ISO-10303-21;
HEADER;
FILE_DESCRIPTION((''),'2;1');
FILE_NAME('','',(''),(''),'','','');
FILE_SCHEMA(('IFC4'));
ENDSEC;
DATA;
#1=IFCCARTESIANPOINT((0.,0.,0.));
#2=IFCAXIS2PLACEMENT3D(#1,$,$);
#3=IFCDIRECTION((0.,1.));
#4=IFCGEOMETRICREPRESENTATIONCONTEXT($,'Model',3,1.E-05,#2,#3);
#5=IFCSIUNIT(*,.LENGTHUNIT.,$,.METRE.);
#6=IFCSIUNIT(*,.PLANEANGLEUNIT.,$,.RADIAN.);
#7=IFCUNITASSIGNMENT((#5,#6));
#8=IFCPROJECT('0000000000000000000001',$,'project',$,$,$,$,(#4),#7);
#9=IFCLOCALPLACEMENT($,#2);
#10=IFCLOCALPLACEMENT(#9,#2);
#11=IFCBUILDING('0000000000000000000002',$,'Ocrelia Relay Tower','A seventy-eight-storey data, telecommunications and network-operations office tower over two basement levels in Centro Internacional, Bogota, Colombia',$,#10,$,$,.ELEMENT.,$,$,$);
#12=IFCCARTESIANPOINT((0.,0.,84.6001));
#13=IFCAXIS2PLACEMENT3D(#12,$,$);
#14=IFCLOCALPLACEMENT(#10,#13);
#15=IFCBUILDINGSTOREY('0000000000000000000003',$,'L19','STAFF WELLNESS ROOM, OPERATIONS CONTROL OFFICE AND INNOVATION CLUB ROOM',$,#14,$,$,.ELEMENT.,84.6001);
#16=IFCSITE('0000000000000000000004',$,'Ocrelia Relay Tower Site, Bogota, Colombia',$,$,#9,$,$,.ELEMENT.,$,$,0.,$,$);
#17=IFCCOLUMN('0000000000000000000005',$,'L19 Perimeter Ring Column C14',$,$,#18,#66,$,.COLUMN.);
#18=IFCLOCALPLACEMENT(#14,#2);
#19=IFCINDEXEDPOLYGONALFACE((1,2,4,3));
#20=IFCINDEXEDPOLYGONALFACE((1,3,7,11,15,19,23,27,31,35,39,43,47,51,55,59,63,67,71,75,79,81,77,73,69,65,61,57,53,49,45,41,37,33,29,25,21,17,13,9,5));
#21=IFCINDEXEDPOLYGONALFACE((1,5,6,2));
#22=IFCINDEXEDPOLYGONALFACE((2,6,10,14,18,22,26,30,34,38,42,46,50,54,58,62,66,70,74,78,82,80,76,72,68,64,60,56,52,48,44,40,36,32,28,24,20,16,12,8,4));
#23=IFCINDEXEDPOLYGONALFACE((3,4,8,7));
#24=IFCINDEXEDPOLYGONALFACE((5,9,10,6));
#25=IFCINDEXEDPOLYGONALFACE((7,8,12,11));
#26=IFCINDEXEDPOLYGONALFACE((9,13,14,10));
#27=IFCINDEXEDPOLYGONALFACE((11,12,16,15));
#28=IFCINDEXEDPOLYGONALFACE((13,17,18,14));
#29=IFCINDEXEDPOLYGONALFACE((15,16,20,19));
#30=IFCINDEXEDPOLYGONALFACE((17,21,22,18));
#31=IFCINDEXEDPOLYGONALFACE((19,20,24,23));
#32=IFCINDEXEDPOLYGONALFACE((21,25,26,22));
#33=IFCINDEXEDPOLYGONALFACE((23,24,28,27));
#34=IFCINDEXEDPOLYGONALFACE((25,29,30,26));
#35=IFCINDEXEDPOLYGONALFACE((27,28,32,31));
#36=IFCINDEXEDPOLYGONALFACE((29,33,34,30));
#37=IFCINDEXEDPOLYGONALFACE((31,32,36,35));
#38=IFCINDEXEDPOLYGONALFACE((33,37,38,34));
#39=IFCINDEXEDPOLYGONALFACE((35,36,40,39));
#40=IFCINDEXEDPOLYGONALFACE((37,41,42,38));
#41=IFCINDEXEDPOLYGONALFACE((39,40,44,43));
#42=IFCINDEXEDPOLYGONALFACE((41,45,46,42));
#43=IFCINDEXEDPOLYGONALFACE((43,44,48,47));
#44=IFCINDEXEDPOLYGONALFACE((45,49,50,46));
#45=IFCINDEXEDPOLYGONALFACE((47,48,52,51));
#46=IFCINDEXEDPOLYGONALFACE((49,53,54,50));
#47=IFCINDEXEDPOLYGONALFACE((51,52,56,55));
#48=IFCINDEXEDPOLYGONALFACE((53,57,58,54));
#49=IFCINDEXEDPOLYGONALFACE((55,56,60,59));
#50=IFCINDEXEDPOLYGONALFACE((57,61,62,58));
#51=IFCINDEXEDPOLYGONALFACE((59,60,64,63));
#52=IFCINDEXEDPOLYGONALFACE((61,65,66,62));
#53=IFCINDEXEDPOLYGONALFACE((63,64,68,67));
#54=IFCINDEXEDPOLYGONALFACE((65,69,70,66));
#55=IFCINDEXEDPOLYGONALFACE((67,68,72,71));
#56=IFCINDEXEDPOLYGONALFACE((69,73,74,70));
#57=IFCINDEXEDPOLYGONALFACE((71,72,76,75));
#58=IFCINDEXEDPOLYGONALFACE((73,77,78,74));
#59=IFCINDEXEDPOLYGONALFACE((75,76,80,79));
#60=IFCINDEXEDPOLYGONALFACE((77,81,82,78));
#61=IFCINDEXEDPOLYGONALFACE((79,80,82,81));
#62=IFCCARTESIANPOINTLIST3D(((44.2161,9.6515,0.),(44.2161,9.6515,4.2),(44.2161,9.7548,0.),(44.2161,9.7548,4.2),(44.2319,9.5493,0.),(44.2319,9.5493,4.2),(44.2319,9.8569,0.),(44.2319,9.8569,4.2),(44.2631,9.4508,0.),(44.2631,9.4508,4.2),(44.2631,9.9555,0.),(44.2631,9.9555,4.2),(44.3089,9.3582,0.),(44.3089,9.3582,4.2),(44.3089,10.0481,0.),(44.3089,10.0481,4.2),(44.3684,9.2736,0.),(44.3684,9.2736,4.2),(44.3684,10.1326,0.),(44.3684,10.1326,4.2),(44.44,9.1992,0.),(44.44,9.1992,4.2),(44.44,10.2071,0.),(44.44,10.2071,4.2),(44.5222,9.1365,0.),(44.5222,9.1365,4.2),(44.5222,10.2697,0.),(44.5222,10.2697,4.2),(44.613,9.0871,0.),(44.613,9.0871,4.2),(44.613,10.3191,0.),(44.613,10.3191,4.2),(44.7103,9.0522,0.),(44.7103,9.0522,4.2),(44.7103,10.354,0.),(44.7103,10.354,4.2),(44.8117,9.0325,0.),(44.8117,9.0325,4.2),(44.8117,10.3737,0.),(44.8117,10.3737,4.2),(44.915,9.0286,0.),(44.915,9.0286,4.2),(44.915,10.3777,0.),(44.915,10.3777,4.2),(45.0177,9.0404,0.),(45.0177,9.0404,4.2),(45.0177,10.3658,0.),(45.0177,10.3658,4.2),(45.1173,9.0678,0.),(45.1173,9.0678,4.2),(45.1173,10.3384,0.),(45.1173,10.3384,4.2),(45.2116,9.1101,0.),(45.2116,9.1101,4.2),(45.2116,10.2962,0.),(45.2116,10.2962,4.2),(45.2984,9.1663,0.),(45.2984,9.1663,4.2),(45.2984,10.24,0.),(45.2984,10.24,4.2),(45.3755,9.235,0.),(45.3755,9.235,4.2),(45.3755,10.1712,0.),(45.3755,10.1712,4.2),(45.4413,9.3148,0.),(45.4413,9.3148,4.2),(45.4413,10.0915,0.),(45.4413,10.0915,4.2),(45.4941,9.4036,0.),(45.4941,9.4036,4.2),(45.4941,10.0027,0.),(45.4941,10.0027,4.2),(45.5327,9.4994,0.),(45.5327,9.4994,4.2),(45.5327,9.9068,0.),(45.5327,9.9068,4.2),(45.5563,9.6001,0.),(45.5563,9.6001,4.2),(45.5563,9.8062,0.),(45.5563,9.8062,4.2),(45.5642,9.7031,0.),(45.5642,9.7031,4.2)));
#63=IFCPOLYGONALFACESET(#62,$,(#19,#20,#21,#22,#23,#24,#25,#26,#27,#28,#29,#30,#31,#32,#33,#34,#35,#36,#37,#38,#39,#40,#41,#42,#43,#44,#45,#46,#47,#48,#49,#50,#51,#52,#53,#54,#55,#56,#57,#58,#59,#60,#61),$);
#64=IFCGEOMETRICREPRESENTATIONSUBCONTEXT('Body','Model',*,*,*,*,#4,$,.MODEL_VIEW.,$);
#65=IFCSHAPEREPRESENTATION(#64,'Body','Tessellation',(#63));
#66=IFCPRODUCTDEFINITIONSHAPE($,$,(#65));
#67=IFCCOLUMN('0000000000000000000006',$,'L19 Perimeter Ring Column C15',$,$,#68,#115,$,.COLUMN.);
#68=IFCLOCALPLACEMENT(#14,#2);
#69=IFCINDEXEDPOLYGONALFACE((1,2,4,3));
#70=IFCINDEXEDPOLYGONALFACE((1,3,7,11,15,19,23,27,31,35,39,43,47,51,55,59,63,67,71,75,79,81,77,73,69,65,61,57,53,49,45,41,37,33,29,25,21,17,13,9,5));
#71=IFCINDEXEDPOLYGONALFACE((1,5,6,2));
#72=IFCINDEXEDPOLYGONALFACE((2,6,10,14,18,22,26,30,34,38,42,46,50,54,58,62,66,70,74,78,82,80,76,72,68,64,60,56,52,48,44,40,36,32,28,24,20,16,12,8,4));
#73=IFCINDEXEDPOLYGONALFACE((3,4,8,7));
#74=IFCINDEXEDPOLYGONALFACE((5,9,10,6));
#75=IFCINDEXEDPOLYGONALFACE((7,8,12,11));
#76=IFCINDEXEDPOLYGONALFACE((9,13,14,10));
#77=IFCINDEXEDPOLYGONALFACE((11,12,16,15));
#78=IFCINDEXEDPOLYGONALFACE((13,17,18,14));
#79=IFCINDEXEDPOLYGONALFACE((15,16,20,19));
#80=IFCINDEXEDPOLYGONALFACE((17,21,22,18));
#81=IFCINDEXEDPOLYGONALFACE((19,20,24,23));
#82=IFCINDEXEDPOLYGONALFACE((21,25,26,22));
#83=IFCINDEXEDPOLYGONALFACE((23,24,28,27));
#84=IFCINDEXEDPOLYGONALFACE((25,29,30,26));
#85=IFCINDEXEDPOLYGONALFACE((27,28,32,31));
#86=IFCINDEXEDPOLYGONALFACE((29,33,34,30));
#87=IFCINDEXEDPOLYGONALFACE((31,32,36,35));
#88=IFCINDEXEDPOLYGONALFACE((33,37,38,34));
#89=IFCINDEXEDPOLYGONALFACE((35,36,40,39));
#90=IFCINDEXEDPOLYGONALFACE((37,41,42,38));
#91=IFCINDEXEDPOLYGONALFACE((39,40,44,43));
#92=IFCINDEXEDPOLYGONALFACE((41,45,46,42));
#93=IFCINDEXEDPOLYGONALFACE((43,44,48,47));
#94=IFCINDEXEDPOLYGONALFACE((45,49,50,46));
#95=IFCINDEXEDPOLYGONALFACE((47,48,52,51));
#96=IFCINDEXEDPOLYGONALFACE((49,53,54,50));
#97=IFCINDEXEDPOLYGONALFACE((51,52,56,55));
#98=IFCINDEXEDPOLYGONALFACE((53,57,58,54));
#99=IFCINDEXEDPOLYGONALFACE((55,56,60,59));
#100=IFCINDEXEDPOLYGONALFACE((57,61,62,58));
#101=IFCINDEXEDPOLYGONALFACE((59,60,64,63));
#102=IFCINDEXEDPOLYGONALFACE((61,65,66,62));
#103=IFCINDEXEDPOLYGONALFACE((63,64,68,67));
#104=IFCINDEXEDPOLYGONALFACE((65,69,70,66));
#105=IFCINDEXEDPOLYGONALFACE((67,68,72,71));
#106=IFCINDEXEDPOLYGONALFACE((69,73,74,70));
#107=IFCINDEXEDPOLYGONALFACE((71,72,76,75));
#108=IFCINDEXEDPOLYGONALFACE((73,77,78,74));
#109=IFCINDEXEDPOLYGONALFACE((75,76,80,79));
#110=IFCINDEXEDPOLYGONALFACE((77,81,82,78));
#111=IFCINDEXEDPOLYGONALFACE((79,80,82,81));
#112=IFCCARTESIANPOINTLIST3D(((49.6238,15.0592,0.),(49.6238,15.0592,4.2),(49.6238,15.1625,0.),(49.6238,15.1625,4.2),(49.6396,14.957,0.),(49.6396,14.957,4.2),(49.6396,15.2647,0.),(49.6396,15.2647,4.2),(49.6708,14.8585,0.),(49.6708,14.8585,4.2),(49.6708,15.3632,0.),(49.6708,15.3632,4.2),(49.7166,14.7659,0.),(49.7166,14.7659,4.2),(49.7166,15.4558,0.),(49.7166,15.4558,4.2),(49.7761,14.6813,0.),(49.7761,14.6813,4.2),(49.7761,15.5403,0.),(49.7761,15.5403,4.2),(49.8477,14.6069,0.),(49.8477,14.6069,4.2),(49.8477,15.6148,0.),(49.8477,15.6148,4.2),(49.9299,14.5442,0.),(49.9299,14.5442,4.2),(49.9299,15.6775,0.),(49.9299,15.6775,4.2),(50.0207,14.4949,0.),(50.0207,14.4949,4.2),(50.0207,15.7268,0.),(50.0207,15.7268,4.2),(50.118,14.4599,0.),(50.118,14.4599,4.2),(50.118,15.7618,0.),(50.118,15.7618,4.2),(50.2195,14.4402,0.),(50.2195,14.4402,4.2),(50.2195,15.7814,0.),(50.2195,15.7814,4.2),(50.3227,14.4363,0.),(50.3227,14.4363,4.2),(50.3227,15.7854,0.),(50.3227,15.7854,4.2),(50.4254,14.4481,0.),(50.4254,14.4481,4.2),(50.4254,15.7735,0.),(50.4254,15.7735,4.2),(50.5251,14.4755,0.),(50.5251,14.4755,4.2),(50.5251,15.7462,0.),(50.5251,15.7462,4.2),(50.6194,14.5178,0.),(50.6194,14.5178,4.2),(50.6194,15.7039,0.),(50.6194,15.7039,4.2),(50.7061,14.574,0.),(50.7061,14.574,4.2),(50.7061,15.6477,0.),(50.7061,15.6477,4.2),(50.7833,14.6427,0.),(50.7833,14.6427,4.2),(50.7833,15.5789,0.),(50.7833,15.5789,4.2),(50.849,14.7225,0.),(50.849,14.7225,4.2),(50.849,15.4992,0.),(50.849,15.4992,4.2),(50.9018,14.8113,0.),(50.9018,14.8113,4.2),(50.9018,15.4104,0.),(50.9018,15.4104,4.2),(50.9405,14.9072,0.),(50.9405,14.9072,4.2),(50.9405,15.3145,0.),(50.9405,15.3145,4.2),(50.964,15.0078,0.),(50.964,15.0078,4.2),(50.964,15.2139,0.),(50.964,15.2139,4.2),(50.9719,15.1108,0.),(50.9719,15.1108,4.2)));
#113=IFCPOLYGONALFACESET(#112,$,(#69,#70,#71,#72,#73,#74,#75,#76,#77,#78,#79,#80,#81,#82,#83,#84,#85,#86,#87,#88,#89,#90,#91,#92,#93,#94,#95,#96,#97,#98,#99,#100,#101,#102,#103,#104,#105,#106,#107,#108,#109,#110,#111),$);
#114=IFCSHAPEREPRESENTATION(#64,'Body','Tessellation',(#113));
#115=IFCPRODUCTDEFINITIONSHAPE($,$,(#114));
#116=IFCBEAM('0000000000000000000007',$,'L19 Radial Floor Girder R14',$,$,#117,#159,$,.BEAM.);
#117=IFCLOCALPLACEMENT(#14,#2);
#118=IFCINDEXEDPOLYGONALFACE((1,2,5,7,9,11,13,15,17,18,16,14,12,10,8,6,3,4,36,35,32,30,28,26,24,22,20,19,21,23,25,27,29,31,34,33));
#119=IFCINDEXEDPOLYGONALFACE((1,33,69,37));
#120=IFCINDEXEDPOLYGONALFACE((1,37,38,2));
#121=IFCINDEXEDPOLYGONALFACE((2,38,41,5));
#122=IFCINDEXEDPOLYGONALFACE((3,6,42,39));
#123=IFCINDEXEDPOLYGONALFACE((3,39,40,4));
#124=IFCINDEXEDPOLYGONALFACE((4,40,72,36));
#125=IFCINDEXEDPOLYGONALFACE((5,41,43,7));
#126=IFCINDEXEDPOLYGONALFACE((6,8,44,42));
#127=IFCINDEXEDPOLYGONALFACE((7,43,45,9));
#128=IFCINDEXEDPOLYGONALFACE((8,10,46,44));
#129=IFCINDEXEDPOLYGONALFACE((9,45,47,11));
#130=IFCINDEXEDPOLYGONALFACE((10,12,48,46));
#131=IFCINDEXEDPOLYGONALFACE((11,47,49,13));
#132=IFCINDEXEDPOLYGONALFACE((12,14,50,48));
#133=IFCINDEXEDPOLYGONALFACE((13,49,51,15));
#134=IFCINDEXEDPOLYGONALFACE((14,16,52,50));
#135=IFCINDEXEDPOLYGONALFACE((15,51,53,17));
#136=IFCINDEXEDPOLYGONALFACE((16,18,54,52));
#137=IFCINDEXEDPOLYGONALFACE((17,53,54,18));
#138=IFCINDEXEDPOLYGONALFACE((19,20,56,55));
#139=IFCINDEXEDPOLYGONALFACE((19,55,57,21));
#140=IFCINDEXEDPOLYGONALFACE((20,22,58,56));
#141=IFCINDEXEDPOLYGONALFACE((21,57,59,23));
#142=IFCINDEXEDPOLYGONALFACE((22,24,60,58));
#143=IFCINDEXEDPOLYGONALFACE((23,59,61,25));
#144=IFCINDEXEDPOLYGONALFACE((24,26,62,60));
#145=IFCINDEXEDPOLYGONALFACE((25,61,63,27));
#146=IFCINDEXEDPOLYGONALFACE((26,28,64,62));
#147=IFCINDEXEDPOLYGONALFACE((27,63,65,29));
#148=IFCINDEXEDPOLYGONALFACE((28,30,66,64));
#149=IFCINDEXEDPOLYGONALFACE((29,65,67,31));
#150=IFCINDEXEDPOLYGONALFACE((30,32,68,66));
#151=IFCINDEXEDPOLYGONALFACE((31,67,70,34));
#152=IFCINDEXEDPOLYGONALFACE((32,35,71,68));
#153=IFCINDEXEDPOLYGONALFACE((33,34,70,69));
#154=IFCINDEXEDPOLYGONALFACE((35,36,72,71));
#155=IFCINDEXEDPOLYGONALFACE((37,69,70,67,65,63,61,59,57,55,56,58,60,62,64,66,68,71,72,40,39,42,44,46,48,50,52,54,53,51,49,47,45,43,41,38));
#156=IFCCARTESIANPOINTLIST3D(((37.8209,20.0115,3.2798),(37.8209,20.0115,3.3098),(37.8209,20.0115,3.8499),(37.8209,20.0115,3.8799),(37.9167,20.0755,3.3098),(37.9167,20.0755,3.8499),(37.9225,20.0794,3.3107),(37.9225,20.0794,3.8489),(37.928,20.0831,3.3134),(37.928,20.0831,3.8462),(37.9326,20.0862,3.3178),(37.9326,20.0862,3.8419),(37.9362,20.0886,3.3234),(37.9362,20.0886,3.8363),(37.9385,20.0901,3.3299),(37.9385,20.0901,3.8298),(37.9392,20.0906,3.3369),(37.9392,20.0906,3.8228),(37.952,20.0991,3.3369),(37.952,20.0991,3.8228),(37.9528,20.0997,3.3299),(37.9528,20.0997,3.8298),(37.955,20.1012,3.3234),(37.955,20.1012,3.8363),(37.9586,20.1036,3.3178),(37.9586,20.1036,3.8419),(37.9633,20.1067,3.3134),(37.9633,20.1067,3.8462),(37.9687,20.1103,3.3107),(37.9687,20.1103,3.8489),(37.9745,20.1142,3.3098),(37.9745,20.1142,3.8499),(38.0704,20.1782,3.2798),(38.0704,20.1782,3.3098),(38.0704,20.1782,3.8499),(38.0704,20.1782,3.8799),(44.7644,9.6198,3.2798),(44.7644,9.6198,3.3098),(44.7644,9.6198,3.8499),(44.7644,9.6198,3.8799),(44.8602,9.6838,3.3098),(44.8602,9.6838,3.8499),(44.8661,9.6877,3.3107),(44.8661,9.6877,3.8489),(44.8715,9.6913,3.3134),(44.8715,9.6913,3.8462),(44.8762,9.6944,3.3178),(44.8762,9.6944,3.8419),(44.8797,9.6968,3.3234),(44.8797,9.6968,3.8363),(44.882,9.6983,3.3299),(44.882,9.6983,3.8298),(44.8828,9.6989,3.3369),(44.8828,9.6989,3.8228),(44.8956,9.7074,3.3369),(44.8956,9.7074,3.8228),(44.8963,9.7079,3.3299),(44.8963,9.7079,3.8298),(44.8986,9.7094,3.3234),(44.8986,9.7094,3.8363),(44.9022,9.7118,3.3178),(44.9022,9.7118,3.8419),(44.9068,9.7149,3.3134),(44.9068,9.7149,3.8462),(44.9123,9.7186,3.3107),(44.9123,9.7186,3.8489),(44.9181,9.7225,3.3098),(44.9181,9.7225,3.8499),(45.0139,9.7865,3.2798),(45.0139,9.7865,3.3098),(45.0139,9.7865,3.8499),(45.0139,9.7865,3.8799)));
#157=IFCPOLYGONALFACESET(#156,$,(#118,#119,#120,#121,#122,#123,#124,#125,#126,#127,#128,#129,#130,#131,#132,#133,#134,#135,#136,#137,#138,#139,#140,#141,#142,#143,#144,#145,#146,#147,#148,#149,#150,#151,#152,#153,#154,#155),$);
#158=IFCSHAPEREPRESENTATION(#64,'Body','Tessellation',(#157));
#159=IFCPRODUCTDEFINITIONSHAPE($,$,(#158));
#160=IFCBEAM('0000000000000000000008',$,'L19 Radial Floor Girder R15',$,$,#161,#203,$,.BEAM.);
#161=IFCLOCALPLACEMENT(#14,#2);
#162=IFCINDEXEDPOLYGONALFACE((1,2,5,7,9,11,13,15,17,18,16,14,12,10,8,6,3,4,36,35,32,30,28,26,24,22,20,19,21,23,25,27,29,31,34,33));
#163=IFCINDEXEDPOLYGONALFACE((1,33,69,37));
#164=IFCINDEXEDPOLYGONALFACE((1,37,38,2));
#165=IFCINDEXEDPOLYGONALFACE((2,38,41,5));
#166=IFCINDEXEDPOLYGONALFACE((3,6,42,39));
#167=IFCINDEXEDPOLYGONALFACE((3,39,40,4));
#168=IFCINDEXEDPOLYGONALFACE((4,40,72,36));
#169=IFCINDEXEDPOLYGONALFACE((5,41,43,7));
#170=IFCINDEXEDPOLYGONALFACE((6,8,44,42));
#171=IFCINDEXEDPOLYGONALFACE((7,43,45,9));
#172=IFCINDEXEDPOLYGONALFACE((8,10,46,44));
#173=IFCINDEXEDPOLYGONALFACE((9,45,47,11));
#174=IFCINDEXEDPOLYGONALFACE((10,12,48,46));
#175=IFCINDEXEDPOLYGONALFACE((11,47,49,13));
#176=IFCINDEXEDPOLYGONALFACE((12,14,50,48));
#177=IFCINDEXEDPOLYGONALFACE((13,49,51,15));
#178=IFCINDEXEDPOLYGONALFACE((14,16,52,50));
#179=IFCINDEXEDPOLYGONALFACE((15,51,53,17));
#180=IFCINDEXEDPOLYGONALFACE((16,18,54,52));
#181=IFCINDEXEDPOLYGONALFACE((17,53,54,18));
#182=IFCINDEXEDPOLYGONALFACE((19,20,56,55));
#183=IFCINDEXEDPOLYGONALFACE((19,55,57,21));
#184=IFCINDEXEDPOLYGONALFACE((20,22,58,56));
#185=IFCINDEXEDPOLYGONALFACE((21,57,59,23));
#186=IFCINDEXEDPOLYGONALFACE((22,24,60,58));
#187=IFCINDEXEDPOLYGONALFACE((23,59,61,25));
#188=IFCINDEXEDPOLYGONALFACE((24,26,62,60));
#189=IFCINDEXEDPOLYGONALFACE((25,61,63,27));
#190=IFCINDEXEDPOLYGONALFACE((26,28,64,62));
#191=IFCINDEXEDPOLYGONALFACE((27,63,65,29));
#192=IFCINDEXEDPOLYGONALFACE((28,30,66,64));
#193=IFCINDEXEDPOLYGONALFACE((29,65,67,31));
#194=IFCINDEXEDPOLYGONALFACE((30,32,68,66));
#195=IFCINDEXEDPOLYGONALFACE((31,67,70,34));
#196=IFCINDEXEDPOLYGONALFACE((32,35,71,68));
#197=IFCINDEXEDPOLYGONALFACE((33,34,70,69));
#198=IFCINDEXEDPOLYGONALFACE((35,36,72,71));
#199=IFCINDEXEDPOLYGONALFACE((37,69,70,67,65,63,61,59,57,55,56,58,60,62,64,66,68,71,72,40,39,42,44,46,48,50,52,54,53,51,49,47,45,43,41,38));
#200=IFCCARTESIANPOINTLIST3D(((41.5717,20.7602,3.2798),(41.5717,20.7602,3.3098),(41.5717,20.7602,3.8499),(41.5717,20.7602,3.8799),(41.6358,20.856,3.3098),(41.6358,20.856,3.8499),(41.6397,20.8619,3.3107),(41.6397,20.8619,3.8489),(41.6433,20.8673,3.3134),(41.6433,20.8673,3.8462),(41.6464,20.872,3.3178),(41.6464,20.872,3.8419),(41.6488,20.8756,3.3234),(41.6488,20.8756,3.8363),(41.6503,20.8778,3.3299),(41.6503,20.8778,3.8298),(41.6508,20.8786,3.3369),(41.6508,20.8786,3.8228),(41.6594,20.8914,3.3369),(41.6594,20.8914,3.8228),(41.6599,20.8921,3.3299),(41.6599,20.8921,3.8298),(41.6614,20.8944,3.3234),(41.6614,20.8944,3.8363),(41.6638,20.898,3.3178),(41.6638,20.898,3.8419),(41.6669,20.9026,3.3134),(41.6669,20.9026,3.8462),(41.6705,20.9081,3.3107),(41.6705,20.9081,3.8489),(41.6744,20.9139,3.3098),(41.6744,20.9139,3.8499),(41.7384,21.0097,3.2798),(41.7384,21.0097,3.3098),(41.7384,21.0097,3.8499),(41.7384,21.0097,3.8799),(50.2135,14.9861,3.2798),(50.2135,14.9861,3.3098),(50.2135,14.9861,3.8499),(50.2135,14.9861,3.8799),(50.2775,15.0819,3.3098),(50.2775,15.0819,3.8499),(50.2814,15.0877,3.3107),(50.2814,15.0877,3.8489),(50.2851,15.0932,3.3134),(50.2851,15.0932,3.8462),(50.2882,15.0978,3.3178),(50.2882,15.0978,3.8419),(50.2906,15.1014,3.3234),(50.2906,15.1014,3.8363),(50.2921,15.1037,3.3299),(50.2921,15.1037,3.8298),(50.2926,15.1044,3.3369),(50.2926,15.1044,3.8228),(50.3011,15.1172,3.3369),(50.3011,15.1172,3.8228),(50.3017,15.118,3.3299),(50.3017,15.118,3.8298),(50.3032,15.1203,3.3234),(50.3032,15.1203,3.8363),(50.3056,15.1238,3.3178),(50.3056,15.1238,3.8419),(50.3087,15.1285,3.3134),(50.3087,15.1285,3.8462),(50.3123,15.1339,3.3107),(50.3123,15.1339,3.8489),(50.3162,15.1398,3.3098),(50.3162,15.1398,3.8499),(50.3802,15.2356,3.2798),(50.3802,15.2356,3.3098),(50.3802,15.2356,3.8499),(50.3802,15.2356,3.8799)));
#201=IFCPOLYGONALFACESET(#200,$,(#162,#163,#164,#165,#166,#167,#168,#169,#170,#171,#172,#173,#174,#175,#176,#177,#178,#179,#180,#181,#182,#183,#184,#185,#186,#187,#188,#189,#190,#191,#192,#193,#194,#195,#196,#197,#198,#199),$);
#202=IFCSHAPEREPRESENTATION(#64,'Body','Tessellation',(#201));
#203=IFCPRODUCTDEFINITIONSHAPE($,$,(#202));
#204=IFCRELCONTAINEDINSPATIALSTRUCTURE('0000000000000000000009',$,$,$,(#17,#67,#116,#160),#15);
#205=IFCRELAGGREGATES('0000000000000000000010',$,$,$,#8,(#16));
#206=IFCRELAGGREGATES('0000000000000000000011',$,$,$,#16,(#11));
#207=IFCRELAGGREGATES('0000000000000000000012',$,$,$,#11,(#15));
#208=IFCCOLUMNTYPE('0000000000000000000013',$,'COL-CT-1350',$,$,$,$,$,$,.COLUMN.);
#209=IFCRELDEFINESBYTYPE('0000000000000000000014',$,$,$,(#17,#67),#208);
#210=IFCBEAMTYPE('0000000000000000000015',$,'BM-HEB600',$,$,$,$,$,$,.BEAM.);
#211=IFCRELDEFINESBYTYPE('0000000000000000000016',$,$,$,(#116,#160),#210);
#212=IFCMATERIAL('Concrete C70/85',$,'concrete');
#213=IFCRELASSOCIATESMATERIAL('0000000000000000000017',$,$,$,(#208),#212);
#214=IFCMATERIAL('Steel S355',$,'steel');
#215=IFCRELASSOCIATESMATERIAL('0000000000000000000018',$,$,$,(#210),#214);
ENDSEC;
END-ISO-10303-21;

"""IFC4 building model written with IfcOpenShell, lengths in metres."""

from ifc_helpers import new_model, si_unit, direction, frame, origin, origin_2d, place, context, subcontext, project, spatial, circle, i_section, extrude, material, material_profile, profile_set, type_object, element, save


model = new_model("IFC4")

# Units and contexts
model_context = context("Model", 3, precision=1e-05, world=origin(), true_north=direction((0.0, 1.0)))
body_context = subcontext(model_context, "Body", "Model", "MODEL_VIEW")
ifc_project = project(units=[si_unit("LENGTHUNIT", "METRE"), si_unit("PLANEANGLEUNIT", "RADIAN")], contexts=[model_context])

# Site, building, storey
site_placement = place(None, origin())
site = spatial("IfcSite", under=ifc_project, at=site_placement, Name="Ocrelia Relay Tower Site, Bogota, Colombia", CompositionType="ELEMENT", RefElevation=0.0)
building_placement = place(site_placement, origin())
building = spatial("IfcBuilding", under=site, at=building_placement, Name="Ocrelia Relay Tower", Description="A seventy-eight-storey data, telecommunications and network-operations office tower over two basement levels in Centro Internacional, Bogota, Colombia", CompositionType="ELEMENT")
storey_placement = place(building_placement, frame((0.0, 0.0, 84.6001)))
storey = spatial("IfcBuildingStorey", under=building, at=storey_placement, Name="L19", Description="STAFF WELLNESS ROOM, OPERATIONS CONTROL OFFICE AND INNOVATION CLUB ROOM", CompositionType="ELEMENT", Elevation=84.6001)

# Columns
ifc_material_1 = material(Name="Concrete C70/85", Category="concrete")
ifc_material_profile_1 = material_profile(ifc_material_1, circle(Radius=0.675, at=origin_2d()), Name="RC-CIR-1350")
ifc_profile_set_1 = profile_set([ifc_material_profile_1], Name="Concrete C70/85")
column_type = type_object("IfcColumnType", Name="COL-CT-1350", PredefinedType="COLUMN", material=ifc_profile_set_1)
for number, where, z_axis, x_axis, name in (
    (1, (44.8892, 9.7031, 0.0), (0.0, 0.0, 1.0), (1.0, 0.0, 0.0), "L19 Perimeter Ring Column C14"),
    (2, (50.2969, 15.1108, 0.0), (0.0, 0.0, 1.0), (1.0, 0.0, 0.0), "L19 Perimeter Ring Column C15"),
):
    element("IfcColumn", number, at=place(storey_placement, frame(where, z_axis=z_axis, x_axis=x_axis)), inside=storey, type_object=column_type, Name=name, PredefinedType="COLUMN", context=body_context, shape_type="SweptSolid", body=[
        extrude(circle(Radius=0.675, at=origin_2d()), origin(), (0.0, 0.0, 1.0), 4.2),
    ])

# Beams
ifc_material_2 = material(Name="Steel S355", Category="steel")
ifc_material_profile_2 = material_profile(ifc_material_2, i_section(OverallWidth=0.3, OverallDepth=0.6001, WebThickness=0.0154, FlangeThickness=0.03, FilletRadius=0.0271, at=origin_2d()), Name="HEB 600")
ifc_profile_set_2 = profile_set([ifc_material_profile_2], Name="Steel S355")
beam_type_1 = type_object("IfcBeamType", Name="BM-HEB600", PredefinedType="BEAM", material=ifc_profile_set_2)
beam_1_placement = place(storey_placement, frame((44.8892, 9.7031, 3.5798), z_axis=(-0.55557, 0.83147, 0.0), x_axis=(-0.83147, -0.55557, 0.0)))
element("IfcBeam", 3, at=beam_1_placement, inside=storey, type_object=beam_type_1, Name="L19 Radial Floor Girder R14", PredefinedType="BEAM", context=body_context, shape_type="SweptSolid", body=[
    extrude(i_section(OverallWidth=0.3, OverallDepth=0.6001, WebThickness=0.0154, FlangeThickness=0.03, FilletRadius=0.0271, at=origin_2d()), origin(), (0.0, 0.0, 1.0), 12.498),
])
beam_2_placement = place(storey_placement, frame((50.2969, 15.1108, 3.5798), z_axis=(-0.831475, 0.555562, 0.0), x_axis=(-0.555562, -0.831475, 0.0)))
element("IfcBeam", 4, at=beam_2_placement, inside=storey, type_object=beam_type_1, Name="L19 Radial Floor Girder R15", PredefinedType="BEAM", context=body_context, shape_type="SweptSolid", body=[
    extrude(i_section(OverallWidth=0.3, OverallDepth=0.6001, WebThickness=0.0154, FlangeThickness=0.03, FilletRadius=0.0271, at=origin_2d()), origin(), (0.0, 0.0, 1.0), 10.3933),
])

save(model, "model.ifc")
